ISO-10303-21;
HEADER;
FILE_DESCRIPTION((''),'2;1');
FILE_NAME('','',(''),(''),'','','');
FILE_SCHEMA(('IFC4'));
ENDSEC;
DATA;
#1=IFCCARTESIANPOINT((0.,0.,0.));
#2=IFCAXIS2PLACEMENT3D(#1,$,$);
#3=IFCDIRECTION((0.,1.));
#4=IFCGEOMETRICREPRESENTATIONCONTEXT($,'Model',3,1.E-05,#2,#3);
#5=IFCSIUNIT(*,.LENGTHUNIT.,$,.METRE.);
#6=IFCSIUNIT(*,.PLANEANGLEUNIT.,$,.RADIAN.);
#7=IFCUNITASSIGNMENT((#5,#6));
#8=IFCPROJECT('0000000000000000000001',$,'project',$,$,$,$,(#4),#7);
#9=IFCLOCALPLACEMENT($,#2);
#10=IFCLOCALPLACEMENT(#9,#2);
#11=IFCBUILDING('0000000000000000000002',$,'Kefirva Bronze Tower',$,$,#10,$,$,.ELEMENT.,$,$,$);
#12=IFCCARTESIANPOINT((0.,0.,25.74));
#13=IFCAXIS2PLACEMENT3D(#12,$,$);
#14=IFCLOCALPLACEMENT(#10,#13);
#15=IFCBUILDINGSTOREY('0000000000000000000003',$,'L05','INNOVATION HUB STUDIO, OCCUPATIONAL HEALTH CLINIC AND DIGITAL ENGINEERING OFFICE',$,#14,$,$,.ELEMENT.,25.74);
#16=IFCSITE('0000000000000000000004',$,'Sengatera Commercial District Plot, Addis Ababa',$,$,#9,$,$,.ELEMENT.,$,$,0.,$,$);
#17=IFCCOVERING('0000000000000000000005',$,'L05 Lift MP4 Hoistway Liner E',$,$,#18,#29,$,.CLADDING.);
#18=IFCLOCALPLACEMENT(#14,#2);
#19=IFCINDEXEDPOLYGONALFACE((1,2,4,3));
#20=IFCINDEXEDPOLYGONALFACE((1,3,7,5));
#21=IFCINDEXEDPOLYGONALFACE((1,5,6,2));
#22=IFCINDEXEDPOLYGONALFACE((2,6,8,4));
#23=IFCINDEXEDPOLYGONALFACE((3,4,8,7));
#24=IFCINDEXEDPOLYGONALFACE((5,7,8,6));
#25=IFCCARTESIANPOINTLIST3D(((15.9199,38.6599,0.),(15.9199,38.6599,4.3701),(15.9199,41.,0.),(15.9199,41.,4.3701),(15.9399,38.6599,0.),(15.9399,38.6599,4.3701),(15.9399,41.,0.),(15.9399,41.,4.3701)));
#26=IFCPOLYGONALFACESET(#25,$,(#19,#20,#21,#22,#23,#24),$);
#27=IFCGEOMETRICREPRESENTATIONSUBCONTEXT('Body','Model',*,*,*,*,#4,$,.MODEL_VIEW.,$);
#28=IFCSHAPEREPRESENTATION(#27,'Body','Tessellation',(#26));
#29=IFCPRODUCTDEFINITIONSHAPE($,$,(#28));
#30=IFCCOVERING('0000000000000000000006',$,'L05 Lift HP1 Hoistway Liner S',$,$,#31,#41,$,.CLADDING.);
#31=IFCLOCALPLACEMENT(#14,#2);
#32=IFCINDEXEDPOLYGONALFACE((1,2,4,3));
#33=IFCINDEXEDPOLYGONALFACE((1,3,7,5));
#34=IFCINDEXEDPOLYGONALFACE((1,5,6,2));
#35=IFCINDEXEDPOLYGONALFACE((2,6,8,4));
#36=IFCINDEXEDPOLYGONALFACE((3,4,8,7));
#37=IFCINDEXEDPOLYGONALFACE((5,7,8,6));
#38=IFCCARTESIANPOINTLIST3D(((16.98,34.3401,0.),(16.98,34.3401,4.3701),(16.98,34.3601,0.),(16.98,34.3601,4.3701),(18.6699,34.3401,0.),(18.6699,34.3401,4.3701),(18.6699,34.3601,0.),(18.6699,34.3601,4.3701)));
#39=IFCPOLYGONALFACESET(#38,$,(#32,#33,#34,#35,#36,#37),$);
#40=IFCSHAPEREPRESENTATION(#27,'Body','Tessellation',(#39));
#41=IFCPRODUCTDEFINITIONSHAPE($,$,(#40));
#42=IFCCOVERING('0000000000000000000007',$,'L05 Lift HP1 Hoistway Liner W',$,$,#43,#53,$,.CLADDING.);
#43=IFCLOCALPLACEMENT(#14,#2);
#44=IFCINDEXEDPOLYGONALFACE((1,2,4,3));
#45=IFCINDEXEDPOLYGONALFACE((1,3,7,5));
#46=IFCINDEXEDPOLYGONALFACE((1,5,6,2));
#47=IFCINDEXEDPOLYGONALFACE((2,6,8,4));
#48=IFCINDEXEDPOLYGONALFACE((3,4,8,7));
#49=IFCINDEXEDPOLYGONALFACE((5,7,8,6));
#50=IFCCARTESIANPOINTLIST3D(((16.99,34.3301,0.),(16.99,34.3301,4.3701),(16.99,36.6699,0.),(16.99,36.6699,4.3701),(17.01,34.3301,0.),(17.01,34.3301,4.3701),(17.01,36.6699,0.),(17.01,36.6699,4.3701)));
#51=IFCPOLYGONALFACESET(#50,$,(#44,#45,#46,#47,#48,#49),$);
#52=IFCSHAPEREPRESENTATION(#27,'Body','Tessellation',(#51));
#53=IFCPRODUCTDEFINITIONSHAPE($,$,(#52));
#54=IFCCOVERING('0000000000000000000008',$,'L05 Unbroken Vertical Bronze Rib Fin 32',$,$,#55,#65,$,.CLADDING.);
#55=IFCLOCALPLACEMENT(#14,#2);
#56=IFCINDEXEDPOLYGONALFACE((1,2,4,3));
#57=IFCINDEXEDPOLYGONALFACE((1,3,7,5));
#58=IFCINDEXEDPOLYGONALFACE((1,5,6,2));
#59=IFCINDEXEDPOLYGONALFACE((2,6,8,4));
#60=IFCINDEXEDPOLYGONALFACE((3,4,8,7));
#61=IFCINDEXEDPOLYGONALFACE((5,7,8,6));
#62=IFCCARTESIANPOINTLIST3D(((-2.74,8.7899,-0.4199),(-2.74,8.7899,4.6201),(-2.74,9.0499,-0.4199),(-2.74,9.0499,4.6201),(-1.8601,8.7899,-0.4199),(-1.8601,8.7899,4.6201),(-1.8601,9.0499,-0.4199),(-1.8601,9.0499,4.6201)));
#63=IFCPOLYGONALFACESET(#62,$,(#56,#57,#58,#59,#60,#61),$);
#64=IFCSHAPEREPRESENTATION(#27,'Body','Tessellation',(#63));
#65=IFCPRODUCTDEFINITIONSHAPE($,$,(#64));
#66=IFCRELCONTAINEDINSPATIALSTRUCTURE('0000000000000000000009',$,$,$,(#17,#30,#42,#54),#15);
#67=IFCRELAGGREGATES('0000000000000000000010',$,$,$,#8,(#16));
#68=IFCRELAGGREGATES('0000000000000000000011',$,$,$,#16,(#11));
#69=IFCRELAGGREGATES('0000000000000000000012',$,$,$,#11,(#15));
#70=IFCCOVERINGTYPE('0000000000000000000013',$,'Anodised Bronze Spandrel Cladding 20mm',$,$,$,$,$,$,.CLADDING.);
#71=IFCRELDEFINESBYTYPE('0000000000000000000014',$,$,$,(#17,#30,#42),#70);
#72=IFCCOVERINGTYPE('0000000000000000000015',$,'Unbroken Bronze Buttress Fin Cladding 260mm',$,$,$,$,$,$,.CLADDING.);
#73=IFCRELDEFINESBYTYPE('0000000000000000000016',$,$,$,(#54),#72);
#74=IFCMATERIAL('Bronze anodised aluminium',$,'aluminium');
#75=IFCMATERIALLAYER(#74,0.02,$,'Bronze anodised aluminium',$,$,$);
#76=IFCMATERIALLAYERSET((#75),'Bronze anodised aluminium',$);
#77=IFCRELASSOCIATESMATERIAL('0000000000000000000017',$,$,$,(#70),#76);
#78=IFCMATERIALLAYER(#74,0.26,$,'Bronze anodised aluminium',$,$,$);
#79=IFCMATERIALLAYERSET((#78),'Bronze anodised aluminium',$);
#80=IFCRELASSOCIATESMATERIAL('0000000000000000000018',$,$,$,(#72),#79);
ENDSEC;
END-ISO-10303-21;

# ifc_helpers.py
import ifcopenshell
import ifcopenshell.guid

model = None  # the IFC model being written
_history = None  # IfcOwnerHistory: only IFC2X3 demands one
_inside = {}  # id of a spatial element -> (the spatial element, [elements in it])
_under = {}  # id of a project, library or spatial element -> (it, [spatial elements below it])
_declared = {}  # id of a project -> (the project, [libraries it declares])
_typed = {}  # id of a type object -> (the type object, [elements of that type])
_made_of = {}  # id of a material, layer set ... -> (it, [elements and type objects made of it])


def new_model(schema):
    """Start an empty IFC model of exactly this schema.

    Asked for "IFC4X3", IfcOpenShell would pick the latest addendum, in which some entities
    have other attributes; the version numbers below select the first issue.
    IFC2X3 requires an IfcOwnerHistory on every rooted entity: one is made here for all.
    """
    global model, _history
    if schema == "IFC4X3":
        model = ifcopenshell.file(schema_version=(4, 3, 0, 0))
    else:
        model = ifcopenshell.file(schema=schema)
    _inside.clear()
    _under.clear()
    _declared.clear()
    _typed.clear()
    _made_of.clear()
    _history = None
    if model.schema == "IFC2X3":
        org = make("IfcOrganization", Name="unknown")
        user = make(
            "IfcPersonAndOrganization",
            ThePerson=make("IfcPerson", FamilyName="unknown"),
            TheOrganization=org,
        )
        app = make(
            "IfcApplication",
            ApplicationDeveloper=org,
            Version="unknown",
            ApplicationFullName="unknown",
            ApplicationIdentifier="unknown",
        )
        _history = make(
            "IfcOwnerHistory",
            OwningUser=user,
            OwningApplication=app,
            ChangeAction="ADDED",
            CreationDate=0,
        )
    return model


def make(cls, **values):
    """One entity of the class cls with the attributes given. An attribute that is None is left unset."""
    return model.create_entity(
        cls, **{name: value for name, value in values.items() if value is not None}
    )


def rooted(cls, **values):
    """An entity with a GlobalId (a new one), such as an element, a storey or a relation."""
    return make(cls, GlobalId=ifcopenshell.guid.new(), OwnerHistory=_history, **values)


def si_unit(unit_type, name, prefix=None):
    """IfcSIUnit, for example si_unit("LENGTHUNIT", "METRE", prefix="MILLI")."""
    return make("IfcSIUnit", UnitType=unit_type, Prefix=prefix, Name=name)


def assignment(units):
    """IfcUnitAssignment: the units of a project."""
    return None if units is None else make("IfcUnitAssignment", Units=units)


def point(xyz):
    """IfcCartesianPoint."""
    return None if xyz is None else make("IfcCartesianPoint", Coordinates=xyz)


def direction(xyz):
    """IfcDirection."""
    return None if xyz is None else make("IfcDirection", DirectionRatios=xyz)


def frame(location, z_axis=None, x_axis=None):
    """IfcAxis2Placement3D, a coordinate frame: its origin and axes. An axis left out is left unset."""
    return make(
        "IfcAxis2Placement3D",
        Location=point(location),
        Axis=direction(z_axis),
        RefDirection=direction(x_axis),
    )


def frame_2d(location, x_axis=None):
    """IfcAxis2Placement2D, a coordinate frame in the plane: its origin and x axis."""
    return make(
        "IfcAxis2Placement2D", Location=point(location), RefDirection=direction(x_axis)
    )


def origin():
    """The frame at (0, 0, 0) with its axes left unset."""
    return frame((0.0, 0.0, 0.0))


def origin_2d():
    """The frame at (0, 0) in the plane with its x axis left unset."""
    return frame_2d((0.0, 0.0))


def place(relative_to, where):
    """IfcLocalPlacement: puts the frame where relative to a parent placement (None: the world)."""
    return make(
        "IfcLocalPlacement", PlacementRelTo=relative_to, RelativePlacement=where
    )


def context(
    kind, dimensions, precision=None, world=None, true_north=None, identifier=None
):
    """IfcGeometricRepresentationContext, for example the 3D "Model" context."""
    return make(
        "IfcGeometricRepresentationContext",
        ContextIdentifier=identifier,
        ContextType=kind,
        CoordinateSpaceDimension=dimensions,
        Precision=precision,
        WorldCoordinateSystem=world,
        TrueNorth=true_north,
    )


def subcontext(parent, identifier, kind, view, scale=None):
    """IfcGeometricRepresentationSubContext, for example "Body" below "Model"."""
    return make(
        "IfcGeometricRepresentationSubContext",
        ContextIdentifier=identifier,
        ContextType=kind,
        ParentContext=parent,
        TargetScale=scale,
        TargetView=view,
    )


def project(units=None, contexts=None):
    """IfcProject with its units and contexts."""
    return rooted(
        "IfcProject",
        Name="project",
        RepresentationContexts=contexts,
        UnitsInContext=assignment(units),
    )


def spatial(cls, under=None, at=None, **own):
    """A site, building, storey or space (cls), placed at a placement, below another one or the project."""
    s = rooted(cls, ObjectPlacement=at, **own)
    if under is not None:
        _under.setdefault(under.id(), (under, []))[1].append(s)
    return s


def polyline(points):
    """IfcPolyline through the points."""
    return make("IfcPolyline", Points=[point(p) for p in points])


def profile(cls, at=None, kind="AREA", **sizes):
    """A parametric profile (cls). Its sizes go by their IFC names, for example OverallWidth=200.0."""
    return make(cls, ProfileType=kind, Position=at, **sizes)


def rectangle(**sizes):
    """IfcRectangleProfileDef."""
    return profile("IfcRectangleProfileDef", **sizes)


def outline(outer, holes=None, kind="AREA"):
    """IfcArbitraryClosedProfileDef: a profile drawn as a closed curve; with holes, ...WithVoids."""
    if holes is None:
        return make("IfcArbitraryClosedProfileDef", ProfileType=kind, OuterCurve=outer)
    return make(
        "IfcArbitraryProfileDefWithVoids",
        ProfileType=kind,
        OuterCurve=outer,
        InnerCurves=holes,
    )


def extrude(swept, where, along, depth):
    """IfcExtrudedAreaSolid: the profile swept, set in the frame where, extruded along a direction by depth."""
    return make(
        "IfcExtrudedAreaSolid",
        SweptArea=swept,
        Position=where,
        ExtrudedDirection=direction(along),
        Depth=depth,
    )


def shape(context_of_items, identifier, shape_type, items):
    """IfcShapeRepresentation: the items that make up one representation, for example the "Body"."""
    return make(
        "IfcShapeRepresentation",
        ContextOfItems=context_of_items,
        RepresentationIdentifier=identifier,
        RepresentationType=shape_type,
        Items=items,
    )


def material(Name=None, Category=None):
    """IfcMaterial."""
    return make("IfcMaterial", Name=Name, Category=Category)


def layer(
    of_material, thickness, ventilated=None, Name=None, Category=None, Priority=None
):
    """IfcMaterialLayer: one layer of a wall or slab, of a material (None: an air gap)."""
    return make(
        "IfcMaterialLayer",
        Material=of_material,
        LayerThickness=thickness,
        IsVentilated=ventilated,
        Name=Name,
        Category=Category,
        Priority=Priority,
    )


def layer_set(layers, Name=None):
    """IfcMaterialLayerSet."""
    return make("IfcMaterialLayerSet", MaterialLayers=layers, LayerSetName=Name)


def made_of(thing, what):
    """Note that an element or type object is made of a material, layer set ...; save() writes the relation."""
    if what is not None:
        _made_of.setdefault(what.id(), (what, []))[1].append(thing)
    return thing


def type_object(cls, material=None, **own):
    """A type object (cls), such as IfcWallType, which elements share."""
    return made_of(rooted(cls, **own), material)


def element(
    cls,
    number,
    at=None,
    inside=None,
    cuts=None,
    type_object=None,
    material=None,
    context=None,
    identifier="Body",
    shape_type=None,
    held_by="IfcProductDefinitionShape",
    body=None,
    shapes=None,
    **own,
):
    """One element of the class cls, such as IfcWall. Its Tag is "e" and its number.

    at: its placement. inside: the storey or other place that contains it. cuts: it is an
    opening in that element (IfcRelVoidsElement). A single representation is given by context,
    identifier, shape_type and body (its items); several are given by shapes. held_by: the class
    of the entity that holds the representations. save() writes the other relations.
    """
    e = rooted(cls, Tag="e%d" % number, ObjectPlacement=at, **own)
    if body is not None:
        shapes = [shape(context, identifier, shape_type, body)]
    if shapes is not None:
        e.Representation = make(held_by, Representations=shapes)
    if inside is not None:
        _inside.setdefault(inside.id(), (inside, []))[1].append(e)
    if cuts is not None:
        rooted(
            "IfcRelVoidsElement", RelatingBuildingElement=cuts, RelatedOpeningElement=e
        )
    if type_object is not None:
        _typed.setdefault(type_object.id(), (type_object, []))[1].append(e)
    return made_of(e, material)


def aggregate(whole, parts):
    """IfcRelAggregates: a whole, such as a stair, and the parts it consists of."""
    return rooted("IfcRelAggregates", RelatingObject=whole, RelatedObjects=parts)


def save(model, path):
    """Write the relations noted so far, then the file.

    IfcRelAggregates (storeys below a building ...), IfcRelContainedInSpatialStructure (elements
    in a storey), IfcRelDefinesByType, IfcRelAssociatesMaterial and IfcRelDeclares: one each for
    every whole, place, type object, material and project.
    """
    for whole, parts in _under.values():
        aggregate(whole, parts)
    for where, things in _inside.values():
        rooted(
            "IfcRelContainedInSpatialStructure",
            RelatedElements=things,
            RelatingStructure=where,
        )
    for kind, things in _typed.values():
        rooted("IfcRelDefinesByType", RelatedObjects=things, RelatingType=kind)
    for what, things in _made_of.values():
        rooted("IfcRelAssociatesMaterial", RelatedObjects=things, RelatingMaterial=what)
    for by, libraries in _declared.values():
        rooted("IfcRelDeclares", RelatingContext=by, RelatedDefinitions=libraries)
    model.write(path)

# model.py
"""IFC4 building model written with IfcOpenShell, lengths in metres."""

from ifc_helpers import new_model, si_unit, direction, frame, origin, origin_2d, place, context, subcontext, project, spatial, polyline, rectangle, outline, extrude, material, layer, layer_set, type_object, element, save


model = new_model("IFC4")

# Units and contexts
model_context = context("Model", 3, precision=1e-05, world=origin(), true_north=direction((0.0, 1.0)))
body_context = subcontext(model_context, "Body", "Model", "MODEL_VIEW")
ifc_project = project(units=[si_unit("LENGTHUNIT", "METRE"), si_unit("PLANEANGLEUNIT", "RADIAN")], contexts=[model_context])

# Site, building, storey
site_placement = place(None, origin())
site = spatial("IfcSite", under=ifc_project, at=site_placement, Name="Sengatera Commercial District Plot, Addis Ababa", CompositionType="ELEMENT", RefElevation=0.0)
building_placement = place(site_placement, origin())
building = spatial("IfcBuilding", under=site, at=building_placement, Name="Kefirva Bronze Tower", CompositionType="ELEMENT")
storey_placement = place(building_placement, frame((0.0, 0.0, 25.74)))
storey = spatial("IfcBuildingStorey", under=building, at=storey_placement, Name="L05", Description="INNOVATION HUB STUDIO, OCCUPATIONAL HEALTH CLINIC AND DIGITAL ENGINEERING OFFICE", CompositionType="ELEMENT", Elevation=25.74)

# Shared definitions
ifc_material_1 = material(Name="Bronze anodised aluminium", Category="aluminium")

# Coverings
ifc_layer_1 = layer(ifc_material_1, 0.02, Name="Bronze anodised aluminium")
ifc_layer_set_1 = layer_set([ifc_layer_1], Name="Bronze anodised aluminium")
covering_type_1 = type_object("IfcCoveringType", Name="Anodised Bronze Spandrel Cladding 20mm", PredefinedType="CLADDING", material=ifc_layer_set_1)
covering_1_placement = place(storey_placement, origin())
element("IfcCovering", 1, at=covering_1_placement, inside=storey, type_object=covering_type_1, Name="L05 Lift MP4 Hoistway Liner E", PredefinedType="CLADDING", context=body_context, shape_type="SweptSolid", body=[
    extrude(outline(polyline([(15.9199, 38.6599), (15.9399, 38.6599), (15.9399, 41.0), (15.9199, 41.0), (15.9199, 38.6599)])), origin(), (0.0, 0.0, 1.0), 4.3701),
])
covering_2_placement = place(storey_placement, origin())
element("IfcCovering", 2, at=covering_2_placement, inside=storey, type_object=covering_type_1, Name="L05 Lift HP1 Hoistway Liner S", PredefinedType="CLADDING", context=body_context, shape_type="SweptSolid", body=[
    extrude(outline(polyline([(16.98, 34.3401), (18.6699, 34.3401), (18.6699, 34.3601), (16.98, 34.3601), (16.98, 34.3401)])), origin(), (0.0, 0.0, 1.0), 4.3701),
])
covering_3_placement = place(storey_placement, origin())
element("IfcCovering", 3, at=covering_3_placement, inside=storey, type_object=covering_type_1, Name="L05 Lift HP1 Hoistway Liner W", PredefinedType="CLADDING", context=body_context, shape_type="SweptSolid", body=[
    extrude(outline(polyline([(16.99, 34.3301), (17.01, 34.3301), (17.01, 36.6699), (16.99, 36.6699), (16.99, 34.3301)])), origin(), (0.0, 0.0, 1.0), 4.3701),
])
ifc_layer_2 = layer(ifc_material_1, 0.26, Name="Bronze anodised aluminium")
ifc_layer_set_2 = layer_set([ifc_layer_2], Name="Bronze anodised aluminium")
covering_type_2 = type_object("IfcCoveringType", Name="Unbroken Bronze Buttress Fin Cladding 260mm", PredefinedType="CLADDING", material=ifc_layer_set_2)
covering_4_placement = place(storey_placement, frame((-2.3, 8.9199, -0.4199), z_axis=(0.0, 0.0, 1.0), x_axis=(0.0, -1.0, 0.0)))
element("IfcCovering", 4, at=covering_4_placement, inside=storey, type_object=covering_type_2, Name="L05 Unbroken Vertical Bronze Rib Fin 32", PredefinedType="CLADDING", context=body_context, shape_type="SweptSolid", body=[
    extrude(rectangle(XDim=0.26, YDim=0.8799, at=origin_2d()), origin(), (0.0, 0.0, 1.0), 5.04),
])

save(model, "model.ifc")
